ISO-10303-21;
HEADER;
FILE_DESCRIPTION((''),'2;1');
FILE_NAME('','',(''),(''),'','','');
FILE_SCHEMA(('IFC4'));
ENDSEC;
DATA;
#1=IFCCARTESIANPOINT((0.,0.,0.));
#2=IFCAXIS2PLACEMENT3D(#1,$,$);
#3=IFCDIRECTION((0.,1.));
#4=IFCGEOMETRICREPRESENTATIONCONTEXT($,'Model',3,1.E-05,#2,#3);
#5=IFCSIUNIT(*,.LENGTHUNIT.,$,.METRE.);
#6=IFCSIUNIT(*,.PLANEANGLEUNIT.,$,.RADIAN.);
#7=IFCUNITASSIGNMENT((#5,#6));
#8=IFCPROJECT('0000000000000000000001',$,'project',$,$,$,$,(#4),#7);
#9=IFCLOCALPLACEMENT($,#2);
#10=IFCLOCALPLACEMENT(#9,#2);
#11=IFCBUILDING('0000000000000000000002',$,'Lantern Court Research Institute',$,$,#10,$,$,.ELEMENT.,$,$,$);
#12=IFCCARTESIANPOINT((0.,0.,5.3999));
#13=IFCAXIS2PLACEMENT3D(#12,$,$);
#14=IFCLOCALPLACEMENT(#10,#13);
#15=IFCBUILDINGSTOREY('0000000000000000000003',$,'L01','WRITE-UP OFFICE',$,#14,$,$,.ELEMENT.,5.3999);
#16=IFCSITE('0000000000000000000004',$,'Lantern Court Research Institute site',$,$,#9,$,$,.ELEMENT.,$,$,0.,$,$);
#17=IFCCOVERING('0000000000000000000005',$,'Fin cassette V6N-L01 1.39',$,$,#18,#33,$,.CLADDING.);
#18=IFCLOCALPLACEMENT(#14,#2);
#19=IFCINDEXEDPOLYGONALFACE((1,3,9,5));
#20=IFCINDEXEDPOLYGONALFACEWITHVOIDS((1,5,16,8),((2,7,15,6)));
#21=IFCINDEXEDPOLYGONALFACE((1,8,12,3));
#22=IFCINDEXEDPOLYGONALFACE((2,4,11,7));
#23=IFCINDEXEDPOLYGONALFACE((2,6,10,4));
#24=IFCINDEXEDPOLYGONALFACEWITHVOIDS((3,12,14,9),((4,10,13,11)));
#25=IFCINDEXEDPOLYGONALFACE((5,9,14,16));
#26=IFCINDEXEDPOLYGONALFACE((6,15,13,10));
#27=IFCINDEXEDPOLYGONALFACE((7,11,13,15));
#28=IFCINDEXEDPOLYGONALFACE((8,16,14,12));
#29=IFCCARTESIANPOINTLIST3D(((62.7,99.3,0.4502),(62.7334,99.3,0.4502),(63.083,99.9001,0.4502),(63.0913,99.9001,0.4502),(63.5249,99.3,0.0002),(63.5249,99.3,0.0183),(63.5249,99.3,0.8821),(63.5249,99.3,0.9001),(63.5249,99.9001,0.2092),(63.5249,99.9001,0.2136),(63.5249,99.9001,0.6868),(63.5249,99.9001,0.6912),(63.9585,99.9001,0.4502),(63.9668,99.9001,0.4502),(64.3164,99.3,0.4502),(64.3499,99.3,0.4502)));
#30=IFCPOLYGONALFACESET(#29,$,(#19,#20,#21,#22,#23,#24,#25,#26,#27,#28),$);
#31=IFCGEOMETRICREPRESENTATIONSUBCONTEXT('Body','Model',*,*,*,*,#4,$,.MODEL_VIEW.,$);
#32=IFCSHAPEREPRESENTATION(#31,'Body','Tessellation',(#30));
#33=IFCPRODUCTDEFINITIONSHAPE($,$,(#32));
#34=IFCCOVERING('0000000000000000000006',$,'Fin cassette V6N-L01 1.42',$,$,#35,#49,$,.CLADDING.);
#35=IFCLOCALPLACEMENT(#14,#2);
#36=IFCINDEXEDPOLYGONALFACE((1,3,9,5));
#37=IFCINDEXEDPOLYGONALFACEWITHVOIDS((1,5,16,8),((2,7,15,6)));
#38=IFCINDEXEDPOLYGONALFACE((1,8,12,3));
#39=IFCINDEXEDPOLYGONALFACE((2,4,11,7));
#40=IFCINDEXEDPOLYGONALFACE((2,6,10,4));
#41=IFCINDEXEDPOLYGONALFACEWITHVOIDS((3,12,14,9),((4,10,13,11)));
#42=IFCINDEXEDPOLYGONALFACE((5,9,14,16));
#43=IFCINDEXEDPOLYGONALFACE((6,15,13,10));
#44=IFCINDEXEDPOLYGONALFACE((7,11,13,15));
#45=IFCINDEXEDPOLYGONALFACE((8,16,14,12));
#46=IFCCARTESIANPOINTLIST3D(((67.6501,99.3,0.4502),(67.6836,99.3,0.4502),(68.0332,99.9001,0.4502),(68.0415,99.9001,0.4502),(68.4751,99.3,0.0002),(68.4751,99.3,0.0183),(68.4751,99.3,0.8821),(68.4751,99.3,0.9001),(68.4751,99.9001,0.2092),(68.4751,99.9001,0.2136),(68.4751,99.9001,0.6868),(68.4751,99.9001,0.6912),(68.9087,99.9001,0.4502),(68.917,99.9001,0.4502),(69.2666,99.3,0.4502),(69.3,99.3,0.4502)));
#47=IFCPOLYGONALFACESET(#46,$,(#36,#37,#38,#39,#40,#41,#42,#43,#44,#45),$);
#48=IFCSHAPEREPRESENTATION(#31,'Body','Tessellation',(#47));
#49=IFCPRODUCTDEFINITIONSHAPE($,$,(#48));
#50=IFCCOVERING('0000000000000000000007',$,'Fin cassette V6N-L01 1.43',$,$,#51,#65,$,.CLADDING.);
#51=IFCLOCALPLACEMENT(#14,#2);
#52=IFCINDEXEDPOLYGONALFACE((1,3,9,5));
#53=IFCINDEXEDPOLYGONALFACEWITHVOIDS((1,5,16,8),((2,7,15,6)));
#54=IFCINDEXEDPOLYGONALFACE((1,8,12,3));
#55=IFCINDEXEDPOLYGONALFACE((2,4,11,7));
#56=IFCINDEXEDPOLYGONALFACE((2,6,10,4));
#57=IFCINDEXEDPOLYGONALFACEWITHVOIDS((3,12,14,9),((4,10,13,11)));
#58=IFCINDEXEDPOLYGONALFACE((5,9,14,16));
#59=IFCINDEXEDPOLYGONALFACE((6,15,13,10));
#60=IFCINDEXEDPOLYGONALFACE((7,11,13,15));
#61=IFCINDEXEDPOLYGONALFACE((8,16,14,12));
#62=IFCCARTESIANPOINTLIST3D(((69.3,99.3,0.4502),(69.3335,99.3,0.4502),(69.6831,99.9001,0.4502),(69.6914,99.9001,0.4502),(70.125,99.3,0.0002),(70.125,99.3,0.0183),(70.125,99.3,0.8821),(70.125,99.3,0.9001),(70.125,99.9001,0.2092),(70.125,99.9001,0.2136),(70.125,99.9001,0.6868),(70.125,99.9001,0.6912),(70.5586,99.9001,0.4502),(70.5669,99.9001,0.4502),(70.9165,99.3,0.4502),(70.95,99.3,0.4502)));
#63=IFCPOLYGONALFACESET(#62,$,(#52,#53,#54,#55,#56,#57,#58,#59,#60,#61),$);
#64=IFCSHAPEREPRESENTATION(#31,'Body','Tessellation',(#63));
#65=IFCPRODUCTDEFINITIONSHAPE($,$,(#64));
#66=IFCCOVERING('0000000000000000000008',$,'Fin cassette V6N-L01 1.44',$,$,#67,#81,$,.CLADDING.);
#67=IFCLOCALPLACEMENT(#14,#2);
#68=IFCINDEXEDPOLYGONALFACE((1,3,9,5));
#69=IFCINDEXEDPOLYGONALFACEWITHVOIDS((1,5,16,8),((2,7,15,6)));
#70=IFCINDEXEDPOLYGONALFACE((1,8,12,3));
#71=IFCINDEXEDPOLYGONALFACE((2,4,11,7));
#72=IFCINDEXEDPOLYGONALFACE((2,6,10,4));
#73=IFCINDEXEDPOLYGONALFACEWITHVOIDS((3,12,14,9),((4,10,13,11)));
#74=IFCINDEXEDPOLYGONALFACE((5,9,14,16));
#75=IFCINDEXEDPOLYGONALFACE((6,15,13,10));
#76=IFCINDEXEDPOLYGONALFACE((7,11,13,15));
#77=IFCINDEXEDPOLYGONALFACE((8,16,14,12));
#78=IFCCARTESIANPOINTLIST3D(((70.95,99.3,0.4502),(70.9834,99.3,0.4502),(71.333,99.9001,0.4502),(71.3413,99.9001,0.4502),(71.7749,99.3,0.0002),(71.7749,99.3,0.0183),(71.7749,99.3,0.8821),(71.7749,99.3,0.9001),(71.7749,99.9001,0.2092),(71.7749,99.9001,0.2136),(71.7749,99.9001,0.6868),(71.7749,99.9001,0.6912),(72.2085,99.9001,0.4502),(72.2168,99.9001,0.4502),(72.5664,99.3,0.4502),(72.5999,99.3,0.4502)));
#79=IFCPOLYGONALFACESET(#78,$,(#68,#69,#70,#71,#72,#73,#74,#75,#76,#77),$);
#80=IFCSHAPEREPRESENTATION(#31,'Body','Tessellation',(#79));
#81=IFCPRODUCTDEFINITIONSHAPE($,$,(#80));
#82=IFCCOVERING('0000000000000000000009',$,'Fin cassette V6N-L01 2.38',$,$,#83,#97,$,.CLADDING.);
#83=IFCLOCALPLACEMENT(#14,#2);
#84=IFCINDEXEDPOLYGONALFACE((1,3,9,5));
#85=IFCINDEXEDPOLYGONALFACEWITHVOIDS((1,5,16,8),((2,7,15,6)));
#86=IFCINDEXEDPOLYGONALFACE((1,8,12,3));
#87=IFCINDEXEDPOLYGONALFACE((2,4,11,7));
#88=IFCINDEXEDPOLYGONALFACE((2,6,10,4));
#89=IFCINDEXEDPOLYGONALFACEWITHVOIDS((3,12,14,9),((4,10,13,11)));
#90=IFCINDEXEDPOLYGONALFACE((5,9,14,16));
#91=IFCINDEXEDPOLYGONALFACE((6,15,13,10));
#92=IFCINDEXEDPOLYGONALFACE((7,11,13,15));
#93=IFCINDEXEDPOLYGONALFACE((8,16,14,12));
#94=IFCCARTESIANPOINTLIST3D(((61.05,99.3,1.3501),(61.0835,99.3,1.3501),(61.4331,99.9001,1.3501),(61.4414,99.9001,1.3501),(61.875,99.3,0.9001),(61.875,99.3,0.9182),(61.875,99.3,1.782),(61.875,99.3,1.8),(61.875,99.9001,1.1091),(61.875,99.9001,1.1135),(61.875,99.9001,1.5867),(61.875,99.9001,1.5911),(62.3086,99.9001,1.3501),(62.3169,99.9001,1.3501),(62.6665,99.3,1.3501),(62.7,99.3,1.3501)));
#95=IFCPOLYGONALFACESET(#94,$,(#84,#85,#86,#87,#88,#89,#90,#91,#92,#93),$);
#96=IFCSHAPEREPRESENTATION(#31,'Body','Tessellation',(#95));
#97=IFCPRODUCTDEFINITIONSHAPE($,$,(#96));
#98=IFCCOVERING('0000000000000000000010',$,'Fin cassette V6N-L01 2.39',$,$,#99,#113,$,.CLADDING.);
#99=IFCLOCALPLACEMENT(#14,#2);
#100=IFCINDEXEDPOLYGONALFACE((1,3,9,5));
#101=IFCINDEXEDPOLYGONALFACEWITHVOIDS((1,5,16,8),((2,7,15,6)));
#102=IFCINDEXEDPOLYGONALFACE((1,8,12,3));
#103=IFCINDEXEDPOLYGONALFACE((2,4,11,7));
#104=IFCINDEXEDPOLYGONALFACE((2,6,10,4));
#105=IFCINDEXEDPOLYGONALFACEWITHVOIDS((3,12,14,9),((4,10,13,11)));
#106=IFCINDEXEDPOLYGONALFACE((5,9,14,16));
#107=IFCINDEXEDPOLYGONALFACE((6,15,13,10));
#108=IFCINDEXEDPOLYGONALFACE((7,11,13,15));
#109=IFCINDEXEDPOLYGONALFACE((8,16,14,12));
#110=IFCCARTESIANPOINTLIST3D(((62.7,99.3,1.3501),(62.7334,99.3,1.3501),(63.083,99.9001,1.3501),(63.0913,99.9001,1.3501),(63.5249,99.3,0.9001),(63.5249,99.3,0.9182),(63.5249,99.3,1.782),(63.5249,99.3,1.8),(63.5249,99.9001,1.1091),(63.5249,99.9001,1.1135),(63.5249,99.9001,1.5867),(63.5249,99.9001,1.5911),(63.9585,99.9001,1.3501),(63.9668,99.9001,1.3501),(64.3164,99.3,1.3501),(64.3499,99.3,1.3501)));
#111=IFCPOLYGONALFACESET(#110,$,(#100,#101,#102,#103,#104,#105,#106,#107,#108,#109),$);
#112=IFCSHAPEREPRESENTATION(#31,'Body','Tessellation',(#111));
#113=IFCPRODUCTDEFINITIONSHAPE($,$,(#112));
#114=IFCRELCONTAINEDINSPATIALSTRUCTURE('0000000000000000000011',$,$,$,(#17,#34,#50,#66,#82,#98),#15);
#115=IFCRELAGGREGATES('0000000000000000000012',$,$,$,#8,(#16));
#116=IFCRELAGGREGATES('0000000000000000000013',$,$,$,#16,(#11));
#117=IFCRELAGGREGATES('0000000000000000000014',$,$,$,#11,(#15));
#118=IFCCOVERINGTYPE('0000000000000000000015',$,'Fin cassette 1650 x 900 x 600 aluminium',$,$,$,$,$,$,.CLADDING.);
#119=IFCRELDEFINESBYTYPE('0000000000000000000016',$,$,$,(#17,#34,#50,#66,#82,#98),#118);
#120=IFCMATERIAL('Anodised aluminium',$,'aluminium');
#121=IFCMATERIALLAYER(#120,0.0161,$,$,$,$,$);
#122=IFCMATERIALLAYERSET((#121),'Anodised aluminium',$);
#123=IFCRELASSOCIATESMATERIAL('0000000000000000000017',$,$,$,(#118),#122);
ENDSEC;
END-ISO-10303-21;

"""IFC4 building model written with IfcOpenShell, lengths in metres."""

from ifc_helpers import new_model, entity, si_unit, direction, frame, origin, place, context, subcontext, project, spatial, material, layer, layer_set, type_object, element, save


model = new_model("IFC4")

# Units and contexts
model_context = context("Model", 3, precision=1e-05, world=origin(), true_north=direction((0.0, 1.0)))
body_context = subcontext(model_context, "Body", "Model", "MODEL_VIEW")
ifc_project = project(units=[si_unit("LENGTHUNIT", "METRE"), si_unit("PLANEANGLEUNIT", "RADIAN")], contexts=[model_context])

# Site, building, storey
site_placement = place(None, origin())
site = spatial("IfcSite", under=ifc_project, at=site_placement, Name="Lantern Court Research Institute site", CompositionType="ELEMENT", RefElevation=0.0)
building_placement = place(site_placement, origin())
building = spatial("IfcBuilding", under=site, at=building_placement, Name="Lantern Court Research Institute", CompositionType="ELEMENT")
storey_placement = place(building_placement, frame((0.0, 0.0, 5.3999)))
storey = spatial("IfcBuildingStorey", under=building, at=storey_placement, Name="L01", Description="WRITE-UP OFFICE", CompositionType="ELEMENT", Elevation=5.3999)

# Coverings
ifc_material_1 = material(Name="Anodised aluminium", Category="aluminium")
ifc_layer_1 = layer(ifc_material_1, 0.0161)
ifc_layer_set_1 = layer_set([ifc_layer_1], Name="Anodised aluminium")
covering_type_1 = type_object("IfcCoveringType", Name="Fin cassette 1650 x 900 x 600 aluminium", PredefinedType="CLADDING", material=ifc_layer_set_1)
covering_1_placement = place(storey_placement, frame((63.5249, 99.3, 0.4502), z_axis=(0.0, 1.0, 0.0), x_axis=(-1.0, 0.0, 0.0)))
cartesian_point_1 = entity("IfcCartesianPoint", [0.825, 0.0])
cartesian_point_2 = entity("IfcCartesianPoint", [0.7915, 0.0])
cartesian_point_3 = entity("IfcCartesianPoint", [0.4419, 0.0])
cartesian_point_4 = entity("IfcCartesianPoint", [0.4336, 0.0])
element("IfcCovering", 1, at=covering_1_placement, inside=storey, type_object=covering_type_1, Name="Fin cassette V6N-L01 1.39", PredefinedType="CLADDING", context=body_context, shape_type="SweptSolid", body=[
    entity("IfcExtrudedAreaSolidTapered", entity("IfcArbitraryProfileDefWithVoids", "AREA", None, entity("IfcPolyline", [cartesian_point_1, entity("IfcCartesianPoint", [0.0, 0.45]), entity("IfcCartesianPoint", [-0.825, 0.0]), entity("IfcCartesianPoint", [0.0, -0.45]), cartesian_point_1]), [entity("IfcPolyline", [cartesian_point_2, entity("IfcCartesianPoint", [0.0, 0.4319]), entity("IfcCartesianPoint", [-0.7915, 0.0]), entity("IfcCartesianPoint", [0.0, -0.4319]), cartesian_point_2])]), entity("IfcAxis2Placement3D", entity("IfcCartesianPoint", [0.0, 0.0, 0.0])), entity("IfcDirection", [0.0, 0.0, 1.0]), 0.6001, entity("IfcArbitraryProfileDefWithVoids", "AREA", None, entity("IfcPolyline", [cartesian_point_3, entity("IfcCartesianPoint", [0.0, 0.241]), entity("IfcCartesianPoint", [-0.4419, 0.0]), entity("IfcCartesianPoint", [0.0, -0.241]), cartesian_point_3]), [entity("IfcPolyline", [cartesian_point_4, entity("IfcCartesianPoint", [0.0, 0.2366]), entity("IfcCartesianPoint", [-0.4336, 0.0]), entity("IfcCartesianPoint", [0.0, -0.2366]), cartesian_point_4])])),
])
covering_2_placement = place(storey_placement, frame((68.4751, 99.3, 0.4502), z_axis=(0.0, 1.0, 0.0), x_axis=(-1.0, 0.0, 0.0)))
cartesian_point_5 = entity("IfcCartesianPoint", [0.825, 0.0])
cartesian_point_6 = entity("IfcCartesianPoint", [0.7915, 0.0])
cartesian_point_7 = entity("IfcCartesianPoint", [0.4419, 0.0])
cartesian_point_8 = entity("IfcCartesianPoint", [0.4336, 0.0])
element("IfcCovering", 2, at=covering_2_placement, inside=storey, type_object=covering_type_1, Name="Fin cassette V6N-L01 1.42", PredefinedType="CLADDING", context=body_context, shape_type="SweptSolid", body=[
    entity("IfcExtrudedAreaSolidTapered", entity("IfcArbitraryProfileDefWithVoids", "AREA", None, entity("IfcPolyline", [cartesian_point_5, entity("IfcCartesianPoint", [0.0, 0.45]), entity("IfcCartesianPoint", [-0.825, 0.0]), entity("IfcCartesianPoint", [0.0, -0.45]), cartesian_point_5]), [entity("IfcPolyline", [cartesian_point_6, entity("IfcCartesianPoint", [0.0, 0.4319]), entity("IfcCartesianPoint", [-0.7915, 0.0]), entity("IfcCartesianPoint", [0.0, -0.4319]), cartesian_point_6])]), entity("IfcAxis2Placement3D", entity("IfcCartesianPoint", [0.0, 0.0, 0.0])), entity("IfcDirection", [0.0, 0.0, 1.0]), 0.6001, entity("IfcArbitraryProfileDefWithVoids", "AREA", None, entity("IfcPolyline", [cartesian_point_7, entity("IfcCartesianPoint", [0.0, 0.241]), entity("IfcCartesianPoint", [-0.4419, 0.0]), entity("IfcCartesianPoint", [0.0, -0.241]), cartesian_point_7]), [entity("IfcPolyline", [cartesian_point_8, entity("IfcCartesianPoint", [0.0, 0.2366]), entity("IfcCartesianPoint", [-0.4336, 0.0]), entity("IfcCartesianPoint", [0.0, -0.2366]), cartesian_point_8])])),
])
covering_3_placement = place(storey_placement, frame((70.125, 99.3, 0.4502), z_axis=(0.0, 1.0, 0.0), x_axis=(-1.0, 0.0, 0.0)))
cartesian_point_9 = entity("IfcCartesianPoint", [0.825, 0.0])
cartesian_point_10 = entity("IfcCartesianPoint", [0.7915, 0.0])
cartesian_point_11 = entity("IfcCartesianPoint", [0.4419, 0.0])
cartesian_point_12 = entity("IfcCartesianPoint", [0.4336, 0.0])
element("IfcCovering", 3, at=covering_3_placement, inside=storey, type_object=covering_type_1, Name="Fin cassette V6N-L01 1.43", PredefinedType="CLADDING", context=body_context, shape_type="SweptSolid", body=[
    entity("IfcExtrudedAreaSolidTapered", entity("IfcArbitraryProfileDefWithVoids", "AREA", None, entity("IfcPolyline", [cartesian_point_9, entity("IfcCartesianPoint", [0.0, 0.45]), entity("IfcCartesianPoint", [-0.825, 0.0]), entity("IfcCartesianPoint", [0.0, -0.45]), cartesian_point_9]), [entity("IfcPolyline", [cartesian_point_10, entity("IfcCartesianPoint", [0.0, 0.4319]), entity("IfcCartesianPoint", [-0.7915, 0.0]), entity("IfcCartesianPoint", [0.0, -0.4319]), cartesian_point_10])]), entity("IfcAxis2Placement3D", entity("IfcCartesianPoint", [0.0, 0.0, 0.0])), entity("IfcDirection", [0.0, 0.0, 1.0]), 0.6001, entity("IfcArbitraryProfileDefWithVoids", "AREA", None, entity("IfcPolyline", [cartesian_point_11, entity("IfcCartesianPoint", [0.0, 0.241]), entity("IfcCartesianPoint", [-0.4419, 0.0]), entity("IfcCartesianPoint", [0.0, -0.241]), cartesian_point_11]), [entity("IfcPolyline", [cartesian_point_12, entity("IfcCartesianPoint", [0.0, 0.2366]), entity("IfcCartesianPoint", [-0.4336, 0.0]), entity("IfcCartesianPoint", [0.0, -0.2366]), cartesian_point_12])])),
])
covering_4_placement = place(storey_placement, frame((71.7749, 99.3, 0.4502), z_axis=(0.0, 1.0, 0.0), x_axis=(-1.0, 0.0, 0.0)))
cartesian_point_13 = entity("IfcCartesianPoint", [0.825, 0.0])
cartesian_point_14 = entity("IfcCartesianPoint", [0.7915, 0.0])
cartesian_point_15 = entity("IfcCartesianPoint", [0.4419, 0.0])
cartesian_point_16 = entity("IfcCartesianPoint", [0.4336, 0.0])
element("IfcCovering", 4, at=covering_4_placement, inside=storey, type_object=covering_type_1, Name="Fin cassette V6N-L01 1.44", PredefinedType="CLADDING", context=body_context, shape_type="SweptSolid", body=[
    entity("IfcExtrudedAreaSolidTapered", entity("IfcArbitraryProfileDefWithVoids", "AREA", None, entity("IfcPolyline", [cartesian_point_13, entity("IfcCartesianPoint", [0.0, 0.45]), entity("IfcCartesianPoint", [-0.825, 0.0]), entity("IfcCartesianPoint", [0.0, -0.45]), cartesian_point_13]), [entity("IfcPolyline", [cartesian_point_14, entity("IfcCartesianPoint", [0.0, 0.4319]), entity("IfcCartesianPoint", [-0.7915, 0.0]), entity("IfcCartesianPoint", [0.0, -0.4319]), cartesian_point_14])]), entity("IfcAxis2Placement3D", entity("IfcCartesianPoint", [0.0, 0.0, 0.0])), entity("IfcDirection", [0.0, 0.0, 1.0]), 0.6001, entity("IfcArbitraryProfileDefWithVoids", "AREA", None, entity("IfcPolyline", [cartesian_point_15, entity("IfcCartesianPoint", [0.0, 0.241]), entity("IfcCartesianPoint", [-0.4419, 0.0]), entity("IfcCartesianPoint", [0.0, -0.241]), cartesian_point_15]), [entity("IfcPolyline", [cartesian_point_16, entity("IfcCartesianPoint", [0.0, 0.2366]), entity("IfcCartesianPoint", [-0.4336, 0.0]), entity("IfcCartesianPoint", [0.0, -0.2366]), cartesian_point_16])])),
])
covering_5_placement = place(storey_placement, frame((61.875, 99.3, 1.3501), z_axis=(0.0, 1.0, 0.0), x_axis=(-1.0, 0.0, 0.0)))
cartesian_point_17 = entity("IfcCartesianPoint", [0.825, 0.0])
cartesian_point_18 = entity("IfcCartesianPoint", [0.7915, 0.0])
cartesian_point_19 = entity("IfcCartesianPoint", [0.4419, 0.0])
cartesian_point_20 = entity("IfcCartesianPoint", [0.4336, 0.0])
element("IfcCovering", 5, at=covering_5_placement, inside=storey, type_object=covering_type_1, Name="Fin cassette V6N-L01 2.38", PredefinedType="CLADDING", context=body_context, shape_type="SweptSolid", body=[
    entity("IfcExtrudedAreaSolidTapered", entity("IfcArbitraryProfileDefWithVoids", "AREA", None, entity("IfcPolyline", [cartesian_point_17, entity("IfcCartesianPoint", [0.0, 0.45]), entity("IfcCartesianPoint", [-0.825, 0.0]), entity("IfcCartesianPoint", [0.0, -0.45]), cartesian_point_17]), [entity("IfcPolyline", [cartesian_point_18, entity("IfcCartesianPoint", [0.0, 0.4319]), entity("IfcCartesianPoint", [-0.7915, 0.0]), entity("IfcCartesianPoint", [0.0, -0.4319]), cartesian_point_18])]), entity("IfcAxis2Placement3D", entity("IfcCartesianPoint", [0.0, 0.0, 0.0])), entity("IfcDirection", [0.0, 0.0, 1.0]), 0.6001, entity("IfcArbitraryProfileDefWithVoids", "AREA", None, entity("IfcPolyline", [cartesian_point_19, entity("IfcCartesianPoint", [0.0, 0.241]), entity("IfcCartesianPoint", [-0.4419, 0.0]), entity("IfcCartesianPoint", [0.0, -0.241]), cartesian_point_19]), [entity("IfcPolyline", [cartesian_point_20, entity("IfcCartesianPoint", [0.0, 0.2366]), entity("IfcCartesianPoint", [-0.4336, 0.0]), entity("IfcCartesianPoint", [0.0, -0.2366]), cartesian_point_20])])),
])
covering_6_placement = place(storey_placement, frame((63.5249, 99.3, 1.3501), z_axis=(0.0, 1.0, 0.0), x_axis=(-1.0, 0.0, 0.0)))
cartesian_point_21 = entity("IfcCartesianPoint", [0.825, 0.0])
cartesian_point_22 = entity("IfcCartesianPoint", [0.7915, 0.0])
cartesian_point_23 = entity("IfcCartesianPoint", [0.4419, 0.0])
cartesian_point_24 = entity("IfcCartesianPoint", [0.4336, 0.0])
element("IfcCovering", 6, at=covering_6_placement, inside=storey, type_object=covering_type_1, Name="Fin cassette V6N-L01 2.39", PredefinedType="CLADDING", context=body_context, shape_type="SweptSolid", body=[
    entity("IfcExtrudedAreaSolidTapered", entity("IfcArbitraryProfileDefWithVoids", "AREA", None, entity("IfcPolyline", [cartesian_point_21, entity("IfcCartesianPoint", [0.0, 0.45]), entity("IfcCartesianPoint", [-0.825, 0.0]), entity("IfcCartesianPoint", [0.0, -0.45]), cartesian_point_21]), [entity("IfcPolyline", [cartesian_point_22, entity("IfcCartesianPoint", [0.0, 0.4319]), entity("IfcCartesianPoint", [-0.7915, 0.0]), entity("IfcCartesianPoint", [0.0, -0.4319]), cartesian_point_22])]), entity("IfcAxis2Placement3D", entity("IfcCartesianPoint", [0.0, 0.0, 0.0])), entity("IfcDirection", [0.0, 0.0, 1.0]), 0.6001, entity("IfcArbitraryProfileDefWithVoids", "AREA", None, entity("IfcPolyline", [cartesian_point_23, entity("IfcCartesianPoint", [0.0, 0.241]), entity("IfcCartesianPoint", [-0.4419, 0.0]), entity("IfcCartesianPoint", [0.0, -0.241]), cartesian_point_23]), [entity("IfcPolyline", [cartesian_point_24, entity("IfcCartesianPoint", [0.0, 0.2366]), entity("IfcCartesianPoint", [-0.4336, 0.0]), entity("IfcCartesianPoint", [0.0, -0.2366]), cartesian_point_24])])),
])

save(model, "model.ifc")
